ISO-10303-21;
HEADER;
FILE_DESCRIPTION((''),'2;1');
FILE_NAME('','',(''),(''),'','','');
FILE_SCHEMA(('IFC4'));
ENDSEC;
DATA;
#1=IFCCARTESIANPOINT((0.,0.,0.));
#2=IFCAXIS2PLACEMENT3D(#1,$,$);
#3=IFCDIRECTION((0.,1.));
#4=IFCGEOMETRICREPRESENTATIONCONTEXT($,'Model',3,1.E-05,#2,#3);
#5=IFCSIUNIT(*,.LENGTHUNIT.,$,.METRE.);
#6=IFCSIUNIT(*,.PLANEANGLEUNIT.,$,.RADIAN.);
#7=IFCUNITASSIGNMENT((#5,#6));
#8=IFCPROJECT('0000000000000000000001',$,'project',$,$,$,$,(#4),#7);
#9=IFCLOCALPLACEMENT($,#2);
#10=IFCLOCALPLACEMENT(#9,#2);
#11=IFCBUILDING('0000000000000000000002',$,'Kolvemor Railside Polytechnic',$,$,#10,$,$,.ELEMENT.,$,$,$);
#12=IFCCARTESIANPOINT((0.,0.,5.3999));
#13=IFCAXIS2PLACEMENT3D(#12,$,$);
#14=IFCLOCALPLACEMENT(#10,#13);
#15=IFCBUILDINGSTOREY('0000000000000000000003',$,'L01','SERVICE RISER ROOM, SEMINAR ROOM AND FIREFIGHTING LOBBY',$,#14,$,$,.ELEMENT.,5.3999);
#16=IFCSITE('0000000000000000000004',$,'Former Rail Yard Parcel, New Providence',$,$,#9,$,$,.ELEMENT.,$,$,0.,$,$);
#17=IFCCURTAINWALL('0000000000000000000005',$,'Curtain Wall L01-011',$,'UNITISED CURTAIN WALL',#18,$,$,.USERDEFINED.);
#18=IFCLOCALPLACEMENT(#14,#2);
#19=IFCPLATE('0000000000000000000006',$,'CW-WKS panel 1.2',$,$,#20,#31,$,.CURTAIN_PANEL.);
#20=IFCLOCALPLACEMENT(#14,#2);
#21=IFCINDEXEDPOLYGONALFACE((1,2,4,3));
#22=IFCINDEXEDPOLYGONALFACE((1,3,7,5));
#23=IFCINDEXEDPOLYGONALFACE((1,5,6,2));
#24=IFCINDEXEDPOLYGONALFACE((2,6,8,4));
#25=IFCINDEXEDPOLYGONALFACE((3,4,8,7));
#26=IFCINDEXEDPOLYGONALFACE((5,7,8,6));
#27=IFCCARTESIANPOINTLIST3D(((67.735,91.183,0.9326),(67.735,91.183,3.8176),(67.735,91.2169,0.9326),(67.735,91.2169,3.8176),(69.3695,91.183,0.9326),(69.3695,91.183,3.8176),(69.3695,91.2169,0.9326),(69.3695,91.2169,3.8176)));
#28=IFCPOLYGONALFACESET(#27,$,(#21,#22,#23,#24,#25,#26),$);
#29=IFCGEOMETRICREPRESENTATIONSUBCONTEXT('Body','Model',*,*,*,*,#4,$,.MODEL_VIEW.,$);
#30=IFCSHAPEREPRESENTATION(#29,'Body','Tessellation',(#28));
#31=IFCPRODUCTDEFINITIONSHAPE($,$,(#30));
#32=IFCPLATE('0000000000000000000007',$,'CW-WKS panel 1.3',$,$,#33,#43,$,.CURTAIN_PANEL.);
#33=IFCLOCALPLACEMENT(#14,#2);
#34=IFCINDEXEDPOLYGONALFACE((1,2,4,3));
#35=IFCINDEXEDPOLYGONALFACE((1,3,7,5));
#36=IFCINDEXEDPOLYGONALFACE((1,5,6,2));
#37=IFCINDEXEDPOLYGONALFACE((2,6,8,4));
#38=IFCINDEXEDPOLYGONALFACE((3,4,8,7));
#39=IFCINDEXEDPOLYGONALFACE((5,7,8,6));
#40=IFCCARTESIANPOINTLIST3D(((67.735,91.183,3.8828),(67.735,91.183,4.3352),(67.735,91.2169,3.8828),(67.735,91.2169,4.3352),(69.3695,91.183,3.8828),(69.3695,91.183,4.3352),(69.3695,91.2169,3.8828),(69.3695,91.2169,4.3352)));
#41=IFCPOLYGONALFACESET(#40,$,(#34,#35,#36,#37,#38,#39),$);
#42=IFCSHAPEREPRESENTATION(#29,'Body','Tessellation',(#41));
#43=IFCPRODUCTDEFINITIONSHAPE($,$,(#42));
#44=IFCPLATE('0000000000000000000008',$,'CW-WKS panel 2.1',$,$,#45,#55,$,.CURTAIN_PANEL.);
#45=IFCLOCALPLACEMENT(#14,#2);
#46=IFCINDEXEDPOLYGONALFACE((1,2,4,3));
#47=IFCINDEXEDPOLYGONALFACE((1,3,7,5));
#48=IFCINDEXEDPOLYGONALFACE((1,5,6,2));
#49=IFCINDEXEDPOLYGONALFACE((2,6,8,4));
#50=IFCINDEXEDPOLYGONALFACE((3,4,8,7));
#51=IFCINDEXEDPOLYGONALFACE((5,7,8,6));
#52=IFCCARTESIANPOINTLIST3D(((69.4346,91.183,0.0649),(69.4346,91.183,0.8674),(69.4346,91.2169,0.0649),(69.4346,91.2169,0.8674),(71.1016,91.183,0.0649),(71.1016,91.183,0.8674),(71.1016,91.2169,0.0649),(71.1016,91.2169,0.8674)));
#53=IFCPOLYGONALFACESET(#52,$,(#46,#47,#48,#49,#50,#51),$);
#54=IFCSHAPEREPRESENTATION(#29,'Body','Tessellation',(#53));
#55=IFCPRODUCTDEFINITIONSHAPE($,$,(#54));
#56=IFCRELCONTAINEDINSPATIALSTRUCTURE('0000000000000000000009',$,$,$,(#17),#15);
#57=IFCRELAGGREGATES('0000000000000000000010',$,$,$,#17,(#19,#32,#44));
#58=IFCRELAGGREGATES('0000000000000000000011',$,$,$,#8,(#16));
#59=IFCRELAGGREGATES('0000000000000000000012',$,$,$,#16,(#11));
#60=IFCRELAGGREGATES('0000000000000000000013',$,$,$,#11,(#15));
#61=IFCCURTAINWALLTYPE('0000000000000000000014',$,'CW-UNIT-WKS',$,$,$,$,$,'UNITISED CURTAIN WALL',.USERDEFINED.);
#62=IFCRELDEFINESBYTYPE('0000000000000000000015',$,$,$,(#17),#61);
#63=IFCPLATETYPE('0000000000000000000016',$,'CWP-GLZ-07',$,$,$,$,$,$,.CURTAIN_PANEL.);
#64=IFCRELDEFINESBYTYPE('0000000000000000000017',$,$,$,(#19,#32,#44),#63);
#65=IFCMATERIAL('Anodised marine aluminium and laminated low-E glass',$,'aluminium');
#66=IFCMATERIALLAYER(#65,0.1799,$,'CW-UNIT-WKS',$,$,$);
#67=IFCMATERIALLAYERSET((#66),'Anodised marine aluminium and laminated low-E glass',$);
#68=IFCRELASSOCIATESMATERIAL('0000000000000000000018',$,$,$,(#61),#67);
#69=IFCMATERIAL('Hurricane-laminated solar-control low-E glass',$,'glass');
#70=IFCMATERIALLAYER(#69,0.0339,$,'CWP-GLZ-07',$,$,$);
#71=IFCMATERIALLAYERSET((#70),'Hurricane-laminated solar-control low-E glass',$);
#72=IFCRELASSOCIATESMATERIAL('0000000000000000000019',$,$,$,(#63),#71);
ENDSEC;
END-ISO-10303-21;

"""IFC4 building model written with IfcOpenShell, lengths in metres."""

from ifc_helpers import new_model, si_unit, direction, frame, origin, origin_2d, place, context, subcontext, project, spatial, rectangle, extrude, material, layer, layer_set, type_object, element, aggregate, save


model = new_model("IFC4")

# Units and contexts
model_context = context("Model", 3, precision=1e-05, world=origin(), true_north=direction((0.0, 1.0)))
body_context = subcontext(model_context, "Body", "Model", "MODEL_VIEW")
ifc_project = project(units=[si_unit("LENGTHUNIT", "METRE"), si_unit("PLANEANGLEUNIT", "RADIAN")], contexts=[model_context])

# Site, building, storey
site_placement = place(None, origin())
site = spatial("IfcSite", under=ifc_project, at=site_placement, Name="Former Rail Yard Parcel, New Providence", CompositionType="ELEMENT", RefElevation=0.0)
building_placement = place(site_placement, origin())
building = spatial("IfcBuilding", under=site, at=building_placement, Name="Kolvemor Railside Polytechnic", CompositionType="ELEMENT")
storey_placement = place(building_placement, frame((0.0, 0.0, 5.3999)))
storey = spatial("IfcBuildingStorey", under=building, at=storey_placement, Name="L01", Description="SERVICE RISER ROOM, SEMINAR ROOM AND FIREFIGHTING LOBBY", CompositionType="ELEMENT", Elevation=5.3999)

# Curtain wall
ifc_material_1 = material(Name="Anodised marine aluminium and laminated low-E glass", Category="aluminium")
ifc_layer_1 = layer(ifc_material_1, 0.1799, Name="CW-UNIT-WKS")
ifc_layer_set_1 = layer_set([ifc_layer_1], Name="Anodised marine aluminium and laminated low-E glass")
curtain_wall_type = type_object("IfcCurtainWallType", Name="CW-UNIT-WKS", ElementType="UNITISED CURTAIN WALL", PredefinedType="USERDEFINED", material=ifc_layer_set_1)
curtain_wall_1_placement = place(storey_placement, origin())
curtain_wall_1 = element("IfcCurtainWall", 1, at=curtain_wall_1_placement, inside=storey, type_object=curtain_wall_type, Name="Curtain Wall L01-011", ObjectType="UNITISED CURTAIN WALL", PredefinedType="USERDEFINED")

# Plates
ifc_material_2 = material(Name="Hurricane-laminated solar-control low-E glass", Category="glass")
ifc_layer_2 = layer(ifc_material_2, 0.0339, Name="CWP-GLZ-07")
ifc_layer_set_2 = layer_set([ifc_layer_2], Name="Hurricane-laminated solar-control low-E glass")
plate_type_1 = type_object("IfcPlateType", Name="CWP-GLZ-07", PredefinedType="CURTAIN_PANEL", material=ifc_layer_set_2)
plate_1_placement = place(storey_placement, frame((68.5522, 91.2, 0.9326), z_axis=(0.0, 0.0, 1.0), x_axis=(1.0, 0.0, 0.0)))
plate_1 = element("IfcPlate", 2, at=plate_1_placement, type_object=plate_type_1, Name="CW-WKS panel 1.2", PredefinedType="CURTAIN_PANEL", context=body_context, shape_type="SweptSolid", body=[
    extrude(rectangle(XDim=1.6345, YDim=0.0339, at=origin_2d()), origin(), (0.0, 0.0, 1.0), 2.885),
])
plate_2_placement = place(storey_placement, frame((68.5522, 91.2, 3.8828), z_axis=(0.0, 0.0, 1.0), x_axis=(1.0, 0.0, 0.0)))
plate_2 = element("IfcPlate", 3, at=plate_2_placement, type_object=plate_type_1, Name="CW-WKS panel 1.3", PredefinedType="CURTAIN_PANEL", context=body_context, shape_type="SweptSolid", body=[
    extrude(rectangle(XDim=1.6345, YDim=0.0339, at=origin_2d()), origin(), (0.0, 0.0, 1.0), 0.4524),
])
plate_3_placement = place(storey_placement, frame((70.2681, 91.2, 0.0649), z_axis=(0.0, 0.0, 1.0), x_axis=(1.0, 0.0, 0.0)))
plate_3 = element("IfcPlate", 4, at=plate_3_placement, type_object=plate_type_1, Name="CW-WKS panel 2.1", PredefinedType="CURTAIN_PANEL", context=body_context, shape_type="SweptSolid", body=[
    extrude(rectangle(XDim=1.667, YDim=0.0339, at=origin_2d()), origin(), (0.0, 0.0, 1.0), 0.8025),
])
aggregate(curtain_wall_1, [plate_1, plate_2, plate_3])

save(model, "model.ifc")
